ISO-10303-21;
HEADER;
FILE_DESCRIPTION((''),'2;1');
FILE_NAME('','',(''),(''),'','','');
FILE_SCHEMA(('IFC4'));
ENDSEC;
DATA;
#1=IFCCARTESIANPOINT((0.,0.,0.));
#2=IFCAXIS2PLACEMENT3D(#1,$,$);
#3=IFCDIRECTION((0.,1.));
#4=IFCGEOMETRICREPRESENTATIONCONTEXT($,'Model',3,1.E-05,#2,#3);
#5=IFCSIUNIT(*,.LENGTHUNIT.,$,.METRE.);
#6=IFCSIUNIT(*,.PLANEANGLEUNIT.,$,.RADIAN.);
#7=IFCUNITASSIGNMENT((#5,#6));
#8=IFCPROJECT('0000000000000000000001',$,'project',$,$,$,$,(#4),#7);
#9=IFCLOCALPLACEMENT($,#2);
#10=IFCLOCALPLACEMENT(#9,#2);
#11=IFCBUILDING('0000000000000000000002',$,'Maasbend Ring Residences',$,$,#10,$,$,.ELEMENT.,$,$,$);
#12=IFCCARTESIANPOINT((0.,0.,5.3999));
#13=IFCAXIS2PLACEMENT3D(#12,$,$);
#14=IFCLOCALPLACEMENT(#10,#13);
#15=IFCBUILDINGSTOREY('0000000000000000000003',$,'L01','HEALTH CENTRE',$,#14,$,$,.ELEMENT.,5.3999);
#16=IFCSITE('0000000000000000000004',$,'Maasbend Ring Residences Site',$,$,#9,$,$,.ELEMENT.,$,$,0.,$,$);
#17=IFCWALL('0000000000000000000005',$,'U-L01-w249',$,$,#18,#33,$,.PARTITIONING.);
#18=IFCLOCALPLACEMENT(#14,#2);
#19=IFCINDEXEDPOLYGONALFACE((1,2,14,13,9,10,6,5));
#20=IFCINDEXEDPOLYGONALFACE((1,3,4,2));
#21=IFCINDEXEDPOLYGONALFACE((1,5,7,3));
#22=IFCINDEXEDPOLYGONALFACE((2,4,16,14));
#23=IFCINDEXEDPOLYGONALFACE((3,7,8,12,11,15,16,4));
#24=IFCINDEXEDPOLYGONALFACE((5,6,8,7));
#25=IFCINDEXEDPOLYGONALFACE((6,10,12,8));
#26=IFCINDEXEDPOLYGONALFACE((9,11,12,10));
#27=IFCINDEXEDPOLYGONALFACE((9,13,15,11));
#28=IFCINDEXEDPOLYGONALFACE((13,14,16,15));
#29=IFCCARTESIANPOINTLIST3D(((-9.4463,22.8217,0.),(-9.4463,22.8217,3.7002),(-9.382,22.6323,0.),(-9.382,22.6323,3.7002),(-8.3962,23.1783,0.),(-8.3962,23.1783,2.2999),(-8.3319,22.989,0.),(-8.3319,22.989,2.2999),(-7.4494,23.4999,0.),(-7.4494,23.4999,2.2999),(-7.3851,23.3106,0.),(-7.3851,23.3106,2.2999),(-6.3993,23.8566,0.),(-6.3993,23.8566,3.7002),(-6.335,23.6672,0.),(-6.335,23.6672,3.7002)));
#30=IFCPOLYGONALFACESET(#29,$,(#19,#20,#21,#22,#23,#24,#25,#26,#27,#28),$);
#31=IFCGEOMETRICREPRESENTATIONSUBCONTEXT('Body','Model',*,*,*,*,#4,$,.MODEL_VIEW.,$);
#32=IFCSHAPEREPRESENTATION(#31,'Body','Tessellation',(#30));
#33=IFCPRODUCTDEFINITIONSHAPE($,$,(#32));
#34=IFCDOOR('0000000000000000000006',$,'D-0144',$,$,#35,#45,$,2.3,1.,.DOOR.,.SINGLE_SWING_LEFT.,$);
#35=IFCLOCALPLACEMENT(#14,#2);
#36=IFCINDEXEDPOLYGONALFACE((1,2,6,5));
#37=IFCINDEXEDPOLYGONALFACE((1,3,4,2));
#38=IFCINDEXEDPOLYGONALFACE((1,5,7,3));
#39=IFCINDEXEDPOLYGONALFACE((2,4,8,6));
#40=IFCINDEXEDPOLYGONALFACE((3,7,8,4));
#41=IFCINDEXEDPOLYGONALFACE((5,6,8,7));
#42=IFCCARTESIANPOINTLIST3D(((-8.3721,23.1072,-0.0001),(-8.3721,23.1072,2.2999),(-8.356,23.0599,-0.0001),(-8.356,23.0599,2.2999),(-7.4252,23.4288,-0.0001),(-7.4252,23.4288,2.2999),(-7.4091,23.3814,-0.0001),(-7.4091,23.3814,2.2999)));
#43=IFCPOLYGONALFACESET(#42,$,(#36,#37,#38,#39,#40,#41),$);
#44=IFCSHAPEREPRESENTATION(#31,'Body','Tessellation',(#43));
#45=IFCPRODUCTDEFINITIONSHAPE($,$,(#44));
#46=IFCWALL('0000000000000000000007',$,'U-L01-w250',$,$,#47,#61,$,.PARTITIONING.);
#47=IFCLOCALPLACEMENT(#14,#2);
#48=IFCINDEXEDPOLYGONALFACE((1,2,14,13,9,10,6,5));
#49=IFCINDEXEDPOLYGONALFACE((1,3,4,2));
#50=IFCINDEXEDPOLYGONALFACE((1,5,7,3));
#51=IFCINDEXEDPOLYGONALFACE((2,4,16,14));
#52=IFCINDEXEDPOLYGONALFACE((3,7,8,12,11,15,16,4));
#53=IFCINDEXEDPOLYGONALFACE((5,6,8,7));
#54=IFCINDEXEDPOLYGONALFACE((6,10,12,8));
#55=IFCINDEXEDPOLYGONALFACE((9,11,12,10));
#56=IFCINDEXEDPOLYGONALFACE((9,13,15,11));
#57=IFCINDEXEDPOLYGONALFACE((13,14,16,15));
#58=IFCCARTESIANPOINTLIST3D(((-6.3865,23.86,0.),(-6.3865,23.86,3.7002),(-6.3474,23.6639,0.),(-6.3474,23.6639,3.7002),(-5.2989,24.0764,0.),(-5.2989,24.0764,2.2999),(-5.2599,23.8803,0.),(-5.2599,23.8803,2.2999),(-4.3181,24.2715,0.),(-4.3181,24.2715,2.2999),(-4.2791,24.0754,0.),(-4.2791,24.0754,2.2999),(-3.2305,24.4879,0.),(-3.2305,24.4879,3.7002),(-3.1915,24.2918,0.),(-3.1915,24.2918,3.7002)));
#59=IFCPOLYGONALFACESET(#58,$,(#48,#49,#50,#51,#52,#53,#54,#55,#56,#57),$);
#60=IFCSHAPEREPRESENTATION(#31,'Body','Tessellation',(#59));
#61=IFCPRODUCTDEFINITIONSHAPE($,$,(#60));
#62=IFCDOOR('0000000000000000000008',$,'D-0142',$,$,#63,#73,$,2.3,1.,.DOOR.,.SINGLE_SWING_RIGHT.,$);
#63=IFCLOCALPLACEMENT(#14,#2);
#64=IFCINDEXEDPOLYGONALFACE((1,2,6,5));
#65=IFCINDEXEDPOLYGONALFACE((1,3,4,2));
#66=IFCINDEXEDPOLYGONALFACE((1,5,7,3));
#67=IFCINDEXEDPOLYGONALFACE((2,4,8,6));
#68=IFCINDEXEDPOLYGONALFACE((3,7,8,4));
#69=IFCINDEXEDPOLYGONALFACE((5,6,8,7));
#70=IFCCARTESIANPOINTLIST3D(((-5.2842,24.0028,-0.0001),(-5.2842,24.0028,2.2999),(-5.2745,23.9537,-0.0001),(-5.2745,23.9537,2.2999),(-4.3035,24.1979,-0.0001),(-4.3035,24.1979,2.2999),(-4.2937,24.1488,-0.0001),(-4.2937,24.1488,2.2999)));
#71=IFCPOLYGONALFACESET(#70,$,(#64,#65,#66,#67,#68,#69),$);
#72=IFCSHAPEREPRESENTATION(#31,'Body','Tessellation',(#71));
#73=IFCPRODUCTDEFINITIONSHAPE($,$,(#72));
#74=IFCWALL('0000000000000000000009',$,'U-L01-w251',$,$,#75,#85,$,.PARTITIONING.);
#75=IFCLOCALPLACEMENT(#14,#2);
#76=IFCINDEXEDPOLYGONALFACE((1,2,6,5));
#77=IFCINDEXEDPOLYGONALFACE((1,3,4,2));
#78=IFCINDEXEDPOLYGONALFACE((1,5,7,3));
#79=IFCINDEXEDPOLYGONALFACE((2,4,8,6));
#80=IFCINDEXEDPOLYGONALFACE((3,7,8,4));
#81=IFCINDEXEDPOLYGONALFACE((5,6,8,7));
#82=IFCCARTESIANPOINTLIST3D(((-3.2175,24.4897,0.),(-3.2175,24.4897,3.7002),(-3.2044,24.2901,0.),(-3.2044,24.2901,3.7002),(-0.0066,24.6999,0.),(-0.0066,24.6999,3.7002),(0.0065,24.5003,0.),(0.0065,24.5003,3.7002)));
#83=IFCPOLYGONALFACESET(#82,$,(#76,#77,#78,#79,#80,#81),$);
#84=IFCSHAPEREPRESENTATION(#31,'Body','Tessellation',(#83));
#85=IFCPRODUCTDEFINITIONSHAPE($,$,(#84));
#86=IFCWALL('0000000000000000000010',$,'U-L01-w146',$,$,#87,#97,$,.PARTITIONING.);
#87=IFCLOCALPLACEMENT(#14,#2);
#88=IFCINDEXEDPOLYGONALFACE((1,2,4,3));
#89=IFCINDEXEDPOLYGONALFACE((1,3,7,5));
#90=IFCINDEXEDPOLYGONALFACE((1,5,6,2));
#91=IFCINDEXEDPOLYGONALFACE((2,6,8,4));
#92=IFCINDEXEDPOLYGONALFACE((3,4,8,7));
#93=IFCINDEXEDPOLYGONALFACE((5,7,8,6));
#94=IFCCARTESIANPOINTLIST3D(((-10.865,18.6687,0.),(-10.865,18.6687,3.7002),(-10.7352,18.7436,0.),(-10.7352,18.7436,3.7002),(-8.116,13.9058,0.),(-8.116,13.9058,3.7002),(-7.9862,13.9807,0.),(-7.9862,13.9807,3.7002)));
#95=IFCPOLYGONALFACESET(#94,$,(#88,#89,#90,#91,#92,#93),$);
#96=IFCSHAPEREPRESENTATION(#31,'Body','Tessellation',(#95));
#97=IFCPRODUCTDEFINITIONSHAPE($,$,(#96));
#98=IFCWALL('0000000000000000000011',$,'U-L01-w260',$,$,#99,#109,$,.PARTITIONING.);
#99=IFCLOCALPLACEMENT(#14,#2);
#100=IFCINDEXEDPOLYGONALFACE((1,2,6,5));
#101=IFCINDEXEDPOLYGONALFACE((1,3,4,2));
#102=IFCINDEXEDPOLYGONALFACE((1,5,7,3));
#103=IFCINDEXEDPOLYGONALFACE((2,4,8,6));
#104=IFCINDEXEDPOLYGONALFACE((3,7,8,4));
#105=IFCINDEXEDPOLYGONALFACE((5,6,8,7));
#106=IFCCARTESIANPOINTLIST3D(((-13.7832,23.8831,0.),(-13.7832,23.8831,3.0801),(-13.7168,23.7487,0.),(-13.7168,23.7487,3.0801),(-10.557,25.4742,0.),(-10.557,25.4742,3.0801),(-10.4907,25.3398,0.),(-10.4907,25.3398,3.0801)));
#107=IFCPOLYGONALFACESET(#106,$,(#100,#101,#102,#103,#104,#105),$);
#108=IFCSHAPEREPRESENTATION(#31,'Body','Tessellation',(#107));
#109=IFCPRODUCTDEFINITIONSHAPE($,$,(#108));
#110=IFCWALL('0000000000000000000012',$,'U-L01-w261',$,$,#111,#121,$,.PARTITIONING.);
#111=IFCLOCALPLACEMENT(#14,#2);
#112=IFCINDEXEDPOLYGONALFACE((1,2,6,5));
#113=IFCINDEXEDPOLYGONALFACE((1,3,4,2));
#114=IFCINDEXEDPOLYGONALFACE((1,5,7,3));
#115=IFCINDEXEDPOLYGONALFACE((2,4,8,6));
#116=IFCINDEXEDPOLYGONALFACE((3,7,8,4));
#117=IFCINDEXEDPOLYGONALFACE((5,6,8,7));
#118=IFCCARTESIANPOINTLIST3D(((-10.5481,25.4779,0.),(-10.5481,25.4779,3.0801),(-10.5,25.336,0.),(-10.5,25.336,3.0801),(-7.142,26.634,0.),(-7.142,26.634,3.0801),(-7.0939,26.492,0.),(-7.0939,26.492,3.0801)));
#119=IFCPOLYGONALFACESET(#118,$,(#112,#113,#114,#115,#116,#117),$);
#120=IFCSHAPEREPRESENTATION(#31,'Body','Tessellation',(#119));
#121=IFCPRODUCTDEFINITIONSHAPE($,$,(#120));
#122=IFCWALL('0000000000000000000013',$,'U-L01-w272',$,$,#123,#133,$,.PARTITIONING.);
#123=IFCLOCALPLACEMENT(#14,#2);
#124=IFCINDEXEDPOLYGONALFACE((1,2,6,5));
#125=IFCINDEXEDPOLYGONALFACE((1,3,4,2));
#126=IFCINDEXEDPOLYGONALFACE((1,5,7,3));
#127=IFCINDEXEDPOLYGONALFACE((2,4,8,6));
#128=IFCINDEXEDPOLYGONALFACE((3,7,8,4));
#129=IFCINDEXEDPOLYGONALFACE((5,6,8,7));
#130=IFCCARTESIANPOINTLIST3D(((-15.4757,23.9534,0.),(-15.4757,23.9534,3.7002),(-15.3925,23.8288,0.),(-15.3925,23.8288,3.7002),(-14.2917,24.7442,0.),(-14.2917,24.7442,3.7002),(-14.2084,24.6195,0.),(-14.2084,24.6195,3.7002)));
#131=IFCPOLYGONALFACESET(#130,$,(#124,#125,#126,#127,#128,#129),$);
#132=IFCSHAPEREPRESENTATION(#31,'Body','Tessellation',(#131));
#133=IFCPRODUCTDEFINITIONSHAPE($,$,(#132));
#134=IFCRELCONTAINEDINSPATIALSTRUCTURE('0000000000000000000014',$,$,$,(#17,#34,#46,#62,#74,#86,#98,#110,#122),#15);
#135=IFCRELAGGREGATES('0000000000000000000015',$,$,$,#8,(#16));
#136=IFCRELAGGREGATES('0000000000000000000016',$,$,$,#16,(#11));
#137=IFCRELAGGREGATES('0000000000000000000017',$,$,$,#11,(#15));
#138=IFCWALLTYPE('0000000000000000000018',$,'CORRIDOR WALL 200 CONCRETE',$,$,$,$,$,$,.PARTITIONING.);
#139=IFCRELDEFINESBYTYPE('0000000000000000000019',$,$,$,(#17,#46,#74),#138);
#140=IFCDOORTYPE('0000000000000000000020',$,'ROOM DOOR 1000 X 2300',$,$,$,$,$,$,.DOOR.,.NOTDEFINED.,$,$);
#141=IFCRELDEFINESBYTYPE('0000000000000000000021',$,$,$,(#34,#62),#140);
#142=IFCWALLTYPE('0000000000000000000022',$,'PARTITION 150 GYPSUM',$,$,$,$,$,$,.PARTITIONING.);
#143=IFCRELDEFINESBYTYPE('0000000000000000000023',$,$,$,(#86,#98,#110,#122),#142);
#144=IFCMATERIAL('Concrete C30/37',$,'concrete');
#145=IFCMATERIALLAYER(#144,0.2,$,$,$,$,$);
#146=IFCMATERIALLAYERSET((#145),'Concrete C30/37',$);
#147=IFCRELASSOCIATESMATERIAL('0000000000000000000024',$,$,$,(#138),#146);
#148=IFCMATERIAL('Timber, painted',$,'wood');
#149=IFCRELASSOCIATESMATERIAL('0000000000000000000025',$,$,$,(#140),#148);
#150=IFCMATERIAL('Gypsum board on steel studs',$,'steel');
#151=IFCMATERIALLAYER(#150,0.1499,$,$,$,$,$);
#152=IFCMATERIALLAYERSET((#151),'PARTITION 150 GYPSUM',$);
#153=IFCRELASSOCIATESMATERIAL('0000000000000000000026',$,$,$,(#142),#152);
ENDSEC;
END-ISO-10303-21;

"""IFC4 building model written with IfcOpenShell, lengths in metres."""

from ifc_helpers import new_model, si_unit, direction, frame, frame_2d, origin, place, context, subcontext, project, spatial, rectangle, extrude, material, layer, layer_set, type_object, element, fill, save


model = new_model("IFC4")

# Units and contexts
model_context = context("Model", 3, precision=1e-05, world=origin(), true_north=direction((0.0, 1.0)))
body_context = subcontext(model_context, "Body", "Model", "MODEL_VIEW")
ifc_project = project(units=[si_unit("LENGTHUNIT", "METRE"), si_unit("PLANEANGLEUNIT", "RADIAN")], contexts=[model_context])

# Site, building, storey
site_placement = place(None, origin())
site = spatial("IfcSite", under=ifc_project, at=site_placement, Name="Maasbend Ring Residences Site", CompositionType="ELEMENT", RefElevation=0.0)
building_placement = place(site_placement, origin())
building = spatial("IfcBuilding", under=site, at=building_placement, Name="Maasbend Ring Residences", CompositionType="ELEMENT")
storey_placement = place(building_placement, frame((0.0, 0.0, 5.3999)))
storey = spatial("IfcBuildingStorey", under=building, at=storey_placement, Name="L01", Description="HEALTH CENTRE", CompositionType="ELEMENT", Elevation=5.3999)

# Shared definitions
ifc_material_1 = material(Name="Concrete C30/37", Category="concrete")
ifc_layer_1 = layer(ifc_material_1, 0.2)
ifc_layer_set_1 = layer_set([ifc_layer_1], Name="Concrete C30/37")
wall_type_1 = type_object("IfcWallType", Name="CORRIDOR WALL 200 CONCRETE", PredefinedType="PARTITIONING", material=ifc_layer_set_1)
ifc_material_2 = material(Name="Timber, painted", Category="wood")
door_type_1 = type_object("IfcDoorType", Name="ROOM DOOR 1000 X 2300", OperationType="NOTDEFINED", PredefinedType="DOOR", material=ifc_material_2)

# Walls, openings, doors
wall_1_placement = place(storey_placement, frame((-9.4141, 22.7271, 0.0), z_axis=(0.0, 0.0, 1.0), x_axis=(0.946878, 0.321594, 0.0)))
wall_1 = element("IfcWall", 1, at=wall_1_placement, inside=storey, type_object=wall_type_1, Name="U-L01-w249", PredefinedType="PARTITIONING", context=body_context, shape_type="SweptSolid", body=[
    extrude(rectangle(XDim=3.218, YDim=0.2, at=frame_2d((1.6089, 0.0))), origin(), (0.0, 0.0, 1.0), 3.7002),
])
opening_1_placement = place(wall_1_placement, frame((1.1089, 0.0, 0.0)))
opening_1 = element("IfcOpeningElement", 2, at=opening_1_placement, cuts=wall_1, PredefinedType="OPENING", context=body_context, shape_type="SweptSolid", body=[
    extrude(rectangle(XDim=1.0, YDim=2.3, at=frame_2d((0.5, 1.1499))), frame((0.0, 0.1099, 0.0), z_axis=(0.0, -1.0, 0.0), x_axis=(1.0, 0.0, 0.0)), (0.0, 0.0, 1.0), 0.22),
])
door_1_placement = place(opening_1_placement, origin())
door_1 = element("IfcDoor", 3, at=door_1_placement, inside=storey, type_object=door_type_1, Name="D-0144", OperationType="SINGLE_SWING_LEFT", OverallHeight=2.3, OverallWidth=1.0, PredefinedType="DOOR", context=body_context, shape_type="SweptSolid", body=[
    extrude(rectangle(XDim=1.0, YDim=2.3, at=frame_2d((0.5, 1.1499))), frame((0.0, 0.0249, 0.0), z_axis=(0.0, -1.0, 0.0), x_axis=(1.0, 0.0, 0.0)), (0.0, 0.0, 1.0), 0.05),
])
fill(opening_1, door_1)
wall_2_placement = place(storey_placement, frame((-6.3669, 23.762, 0.0), z_axis=(0.0, 0.0, 1.0), x_axis=(0.980776, 0.195138, 0.0)))
wall_2 = element("IfcWall", 4, at=wall_2_placement, inside=storey, type_object=wall_type_1, Name="U-L01-w250", PredefinedType="PARTITIONING", context=body_context, shape_type="SweptSolid", body=[
    extrude(rectangle(XDim=3.2178, YDim=0.2, at=frame_2d((1.6089, 0.0))), origin(), (0.0, 0.0, 1.0), 3.7002),
])
opening_2_placement = place(wall_2_placement, frame((1.1089, 0.0, 0.0)))
opening_2 = element("IfcOpeningElement", 5, at=opening_2_placement, cuts=wall_2, PredefinedType="OPENING", context=body_context, shape_type="SweptSolid", body=[
    extrude(rectangle(XDim=1.0, YDim=2.3, at=frame_2d((0.5, 1.1499))), frame((0.0, 0.1099, 0.0), z_axis=(0.0, -1.0, 0.0), x_axis=(1.0, 0.0, 0.0)), (0.0, 0.0, 1.0), 0.22),
])
door_2_placement = place(opening_2_placement, origin())
door_2 = element("IfcDoor", 6, at=door_2_placement, inside=storey, type_object=door_type_1, Name="D-0142", OperationType="SINGLE_SWING_RIGHT", OverallHeight=2.3, OverallWidth=1.0, PredefinedType="DOOR", context=body_context, shape_type="SweptSolid", body=[
    extrude(rectangle(XDim=1.0, YDim=2.3, at=frame_2d((0.5, 1.1499))), frame((0.0, 0.0249, 0.0), z_axis=(0.0, -1.0, 0.0), x_axis=(1.0, 0.0, 0.0)), (0.0, 0.0, 1.0), 0.05),
])
fill(opening_2, door_2)

# Walls
wall_3_placement = place(storey_placement, frame((-3.2109, 24.3899, 0.0), z_axis=(0.0, 0.0, 1.0), x_axis=(0.997864, 0.065325, 0.0)))
element("IfcWall", 7, at=wall_3_placement, inside=storey, type_object=wall_type_1, Name="U-L01-w251", PredefinedType="PARTITIONING", context=body_context, shape_type="SweptSolid", body=[
    extrude(rectangle(XDim=3.2178, YDim=0.2, at=frame_2d((1.6089, 0.0))), origin(), (0.0, 0.0, 1.0), 3.7002),
])
ifc_material_3 = material(Name="Gypsum board on steel studs", Category="steel")
ifc_layer_2 = layer(ifc_material_3, 0.1499)
ifc_layer_set_2 = layer_set([ifc_layer_2], Name="PARTITION 150 GYPSUM")
wall_type_2 = type_object("IfcWallType", Name="PARTITION 150 GYPSUM", PredefinedType="PARTITIONING", material=ifc_layer_set_2)
wall_4_placement = place(storey_placement, frame((-10.8, 18.7061, 0.0), z_axis=(0.0, 0.0, 1.0), x_axis=(0.499883, -0.866093, 0.0)))
element("IfcWall", 8, at=wall_4_placement, inside=storey, type_object=wall_type_2, Name="U-L01-w146", PredefinedType="PARTITIONING", context=body_context, shape_type="SweptSolid", body=[
    extrude(rectangle(XDim=5.4993, YDim=0.1499, at=frame_2d((2.7495, 0.0))), origin(), (0.0, 0.0, 1.0), 3.7002),
])
wall_5_placement = place(storey_placement, frame((-13.75, 23.8159, 0.0), z_axis=(0.0, 0.0, 1.0), x_axis=(0.896857, 0.44232, 0.0)))
element("IfcWall", 9, at=wall_5_placement, inside=storey, type_object=wall_type_2, Name="U-L01-w260", PredefinedType="PARTITIONING", context=body_context, shape_type="SweptSolid", body=[
    extrude(rectangle(XDim=3.5972, YDim=0.1499, at=frame_2d((1.7986, 0.0))), origin(), (0.0, 0.0, 1.0), 3.0801),
])
wall_6_placement = place(storey_placement, frame((-10.5239, 25.407, 0.0), z_axis=(0.0, 0.0, 1.0), x_axis=(0.946945, 0.321395, 0.0)))
element("IfcWall", 10, at=wall_6_placement, inside=storey, type_object=wall_type_2, Name="U-L01-w261", PredefinedType="PARTITIONING", context=body_context, shape_type="SweptSolid", body=[
    extrude(rectangle(XDim=3.5969, YDim=0.1499, at=frame_2d((1.7983, 0.0))), origin(), (0.0, 0.0, 1.0), 3.0801),
])
wall_7_placement = place(storey_placement, frame((-15.4341, 23.8911, 0.0), z_axis=(0.0, 0.0, 1.0), x_axis=(0.831602, 0.555373, 0.0)))
element("IfcWall", 11, at=wall_7_placement, inside=storey, type_object=wall_type_2, Name="U-L01-w272", PredefinedType="PARTITIONING", context=body_context, shape_type="SweptSolid", body=[
    extrude(rectangle(XDim=1.4238, YDim=0.1499, at=frame_2d((0.7119, 0.0))), origin(), (0.0, 0.0, 1.0), 3.7002),
])

save(model, "model.ifc")
